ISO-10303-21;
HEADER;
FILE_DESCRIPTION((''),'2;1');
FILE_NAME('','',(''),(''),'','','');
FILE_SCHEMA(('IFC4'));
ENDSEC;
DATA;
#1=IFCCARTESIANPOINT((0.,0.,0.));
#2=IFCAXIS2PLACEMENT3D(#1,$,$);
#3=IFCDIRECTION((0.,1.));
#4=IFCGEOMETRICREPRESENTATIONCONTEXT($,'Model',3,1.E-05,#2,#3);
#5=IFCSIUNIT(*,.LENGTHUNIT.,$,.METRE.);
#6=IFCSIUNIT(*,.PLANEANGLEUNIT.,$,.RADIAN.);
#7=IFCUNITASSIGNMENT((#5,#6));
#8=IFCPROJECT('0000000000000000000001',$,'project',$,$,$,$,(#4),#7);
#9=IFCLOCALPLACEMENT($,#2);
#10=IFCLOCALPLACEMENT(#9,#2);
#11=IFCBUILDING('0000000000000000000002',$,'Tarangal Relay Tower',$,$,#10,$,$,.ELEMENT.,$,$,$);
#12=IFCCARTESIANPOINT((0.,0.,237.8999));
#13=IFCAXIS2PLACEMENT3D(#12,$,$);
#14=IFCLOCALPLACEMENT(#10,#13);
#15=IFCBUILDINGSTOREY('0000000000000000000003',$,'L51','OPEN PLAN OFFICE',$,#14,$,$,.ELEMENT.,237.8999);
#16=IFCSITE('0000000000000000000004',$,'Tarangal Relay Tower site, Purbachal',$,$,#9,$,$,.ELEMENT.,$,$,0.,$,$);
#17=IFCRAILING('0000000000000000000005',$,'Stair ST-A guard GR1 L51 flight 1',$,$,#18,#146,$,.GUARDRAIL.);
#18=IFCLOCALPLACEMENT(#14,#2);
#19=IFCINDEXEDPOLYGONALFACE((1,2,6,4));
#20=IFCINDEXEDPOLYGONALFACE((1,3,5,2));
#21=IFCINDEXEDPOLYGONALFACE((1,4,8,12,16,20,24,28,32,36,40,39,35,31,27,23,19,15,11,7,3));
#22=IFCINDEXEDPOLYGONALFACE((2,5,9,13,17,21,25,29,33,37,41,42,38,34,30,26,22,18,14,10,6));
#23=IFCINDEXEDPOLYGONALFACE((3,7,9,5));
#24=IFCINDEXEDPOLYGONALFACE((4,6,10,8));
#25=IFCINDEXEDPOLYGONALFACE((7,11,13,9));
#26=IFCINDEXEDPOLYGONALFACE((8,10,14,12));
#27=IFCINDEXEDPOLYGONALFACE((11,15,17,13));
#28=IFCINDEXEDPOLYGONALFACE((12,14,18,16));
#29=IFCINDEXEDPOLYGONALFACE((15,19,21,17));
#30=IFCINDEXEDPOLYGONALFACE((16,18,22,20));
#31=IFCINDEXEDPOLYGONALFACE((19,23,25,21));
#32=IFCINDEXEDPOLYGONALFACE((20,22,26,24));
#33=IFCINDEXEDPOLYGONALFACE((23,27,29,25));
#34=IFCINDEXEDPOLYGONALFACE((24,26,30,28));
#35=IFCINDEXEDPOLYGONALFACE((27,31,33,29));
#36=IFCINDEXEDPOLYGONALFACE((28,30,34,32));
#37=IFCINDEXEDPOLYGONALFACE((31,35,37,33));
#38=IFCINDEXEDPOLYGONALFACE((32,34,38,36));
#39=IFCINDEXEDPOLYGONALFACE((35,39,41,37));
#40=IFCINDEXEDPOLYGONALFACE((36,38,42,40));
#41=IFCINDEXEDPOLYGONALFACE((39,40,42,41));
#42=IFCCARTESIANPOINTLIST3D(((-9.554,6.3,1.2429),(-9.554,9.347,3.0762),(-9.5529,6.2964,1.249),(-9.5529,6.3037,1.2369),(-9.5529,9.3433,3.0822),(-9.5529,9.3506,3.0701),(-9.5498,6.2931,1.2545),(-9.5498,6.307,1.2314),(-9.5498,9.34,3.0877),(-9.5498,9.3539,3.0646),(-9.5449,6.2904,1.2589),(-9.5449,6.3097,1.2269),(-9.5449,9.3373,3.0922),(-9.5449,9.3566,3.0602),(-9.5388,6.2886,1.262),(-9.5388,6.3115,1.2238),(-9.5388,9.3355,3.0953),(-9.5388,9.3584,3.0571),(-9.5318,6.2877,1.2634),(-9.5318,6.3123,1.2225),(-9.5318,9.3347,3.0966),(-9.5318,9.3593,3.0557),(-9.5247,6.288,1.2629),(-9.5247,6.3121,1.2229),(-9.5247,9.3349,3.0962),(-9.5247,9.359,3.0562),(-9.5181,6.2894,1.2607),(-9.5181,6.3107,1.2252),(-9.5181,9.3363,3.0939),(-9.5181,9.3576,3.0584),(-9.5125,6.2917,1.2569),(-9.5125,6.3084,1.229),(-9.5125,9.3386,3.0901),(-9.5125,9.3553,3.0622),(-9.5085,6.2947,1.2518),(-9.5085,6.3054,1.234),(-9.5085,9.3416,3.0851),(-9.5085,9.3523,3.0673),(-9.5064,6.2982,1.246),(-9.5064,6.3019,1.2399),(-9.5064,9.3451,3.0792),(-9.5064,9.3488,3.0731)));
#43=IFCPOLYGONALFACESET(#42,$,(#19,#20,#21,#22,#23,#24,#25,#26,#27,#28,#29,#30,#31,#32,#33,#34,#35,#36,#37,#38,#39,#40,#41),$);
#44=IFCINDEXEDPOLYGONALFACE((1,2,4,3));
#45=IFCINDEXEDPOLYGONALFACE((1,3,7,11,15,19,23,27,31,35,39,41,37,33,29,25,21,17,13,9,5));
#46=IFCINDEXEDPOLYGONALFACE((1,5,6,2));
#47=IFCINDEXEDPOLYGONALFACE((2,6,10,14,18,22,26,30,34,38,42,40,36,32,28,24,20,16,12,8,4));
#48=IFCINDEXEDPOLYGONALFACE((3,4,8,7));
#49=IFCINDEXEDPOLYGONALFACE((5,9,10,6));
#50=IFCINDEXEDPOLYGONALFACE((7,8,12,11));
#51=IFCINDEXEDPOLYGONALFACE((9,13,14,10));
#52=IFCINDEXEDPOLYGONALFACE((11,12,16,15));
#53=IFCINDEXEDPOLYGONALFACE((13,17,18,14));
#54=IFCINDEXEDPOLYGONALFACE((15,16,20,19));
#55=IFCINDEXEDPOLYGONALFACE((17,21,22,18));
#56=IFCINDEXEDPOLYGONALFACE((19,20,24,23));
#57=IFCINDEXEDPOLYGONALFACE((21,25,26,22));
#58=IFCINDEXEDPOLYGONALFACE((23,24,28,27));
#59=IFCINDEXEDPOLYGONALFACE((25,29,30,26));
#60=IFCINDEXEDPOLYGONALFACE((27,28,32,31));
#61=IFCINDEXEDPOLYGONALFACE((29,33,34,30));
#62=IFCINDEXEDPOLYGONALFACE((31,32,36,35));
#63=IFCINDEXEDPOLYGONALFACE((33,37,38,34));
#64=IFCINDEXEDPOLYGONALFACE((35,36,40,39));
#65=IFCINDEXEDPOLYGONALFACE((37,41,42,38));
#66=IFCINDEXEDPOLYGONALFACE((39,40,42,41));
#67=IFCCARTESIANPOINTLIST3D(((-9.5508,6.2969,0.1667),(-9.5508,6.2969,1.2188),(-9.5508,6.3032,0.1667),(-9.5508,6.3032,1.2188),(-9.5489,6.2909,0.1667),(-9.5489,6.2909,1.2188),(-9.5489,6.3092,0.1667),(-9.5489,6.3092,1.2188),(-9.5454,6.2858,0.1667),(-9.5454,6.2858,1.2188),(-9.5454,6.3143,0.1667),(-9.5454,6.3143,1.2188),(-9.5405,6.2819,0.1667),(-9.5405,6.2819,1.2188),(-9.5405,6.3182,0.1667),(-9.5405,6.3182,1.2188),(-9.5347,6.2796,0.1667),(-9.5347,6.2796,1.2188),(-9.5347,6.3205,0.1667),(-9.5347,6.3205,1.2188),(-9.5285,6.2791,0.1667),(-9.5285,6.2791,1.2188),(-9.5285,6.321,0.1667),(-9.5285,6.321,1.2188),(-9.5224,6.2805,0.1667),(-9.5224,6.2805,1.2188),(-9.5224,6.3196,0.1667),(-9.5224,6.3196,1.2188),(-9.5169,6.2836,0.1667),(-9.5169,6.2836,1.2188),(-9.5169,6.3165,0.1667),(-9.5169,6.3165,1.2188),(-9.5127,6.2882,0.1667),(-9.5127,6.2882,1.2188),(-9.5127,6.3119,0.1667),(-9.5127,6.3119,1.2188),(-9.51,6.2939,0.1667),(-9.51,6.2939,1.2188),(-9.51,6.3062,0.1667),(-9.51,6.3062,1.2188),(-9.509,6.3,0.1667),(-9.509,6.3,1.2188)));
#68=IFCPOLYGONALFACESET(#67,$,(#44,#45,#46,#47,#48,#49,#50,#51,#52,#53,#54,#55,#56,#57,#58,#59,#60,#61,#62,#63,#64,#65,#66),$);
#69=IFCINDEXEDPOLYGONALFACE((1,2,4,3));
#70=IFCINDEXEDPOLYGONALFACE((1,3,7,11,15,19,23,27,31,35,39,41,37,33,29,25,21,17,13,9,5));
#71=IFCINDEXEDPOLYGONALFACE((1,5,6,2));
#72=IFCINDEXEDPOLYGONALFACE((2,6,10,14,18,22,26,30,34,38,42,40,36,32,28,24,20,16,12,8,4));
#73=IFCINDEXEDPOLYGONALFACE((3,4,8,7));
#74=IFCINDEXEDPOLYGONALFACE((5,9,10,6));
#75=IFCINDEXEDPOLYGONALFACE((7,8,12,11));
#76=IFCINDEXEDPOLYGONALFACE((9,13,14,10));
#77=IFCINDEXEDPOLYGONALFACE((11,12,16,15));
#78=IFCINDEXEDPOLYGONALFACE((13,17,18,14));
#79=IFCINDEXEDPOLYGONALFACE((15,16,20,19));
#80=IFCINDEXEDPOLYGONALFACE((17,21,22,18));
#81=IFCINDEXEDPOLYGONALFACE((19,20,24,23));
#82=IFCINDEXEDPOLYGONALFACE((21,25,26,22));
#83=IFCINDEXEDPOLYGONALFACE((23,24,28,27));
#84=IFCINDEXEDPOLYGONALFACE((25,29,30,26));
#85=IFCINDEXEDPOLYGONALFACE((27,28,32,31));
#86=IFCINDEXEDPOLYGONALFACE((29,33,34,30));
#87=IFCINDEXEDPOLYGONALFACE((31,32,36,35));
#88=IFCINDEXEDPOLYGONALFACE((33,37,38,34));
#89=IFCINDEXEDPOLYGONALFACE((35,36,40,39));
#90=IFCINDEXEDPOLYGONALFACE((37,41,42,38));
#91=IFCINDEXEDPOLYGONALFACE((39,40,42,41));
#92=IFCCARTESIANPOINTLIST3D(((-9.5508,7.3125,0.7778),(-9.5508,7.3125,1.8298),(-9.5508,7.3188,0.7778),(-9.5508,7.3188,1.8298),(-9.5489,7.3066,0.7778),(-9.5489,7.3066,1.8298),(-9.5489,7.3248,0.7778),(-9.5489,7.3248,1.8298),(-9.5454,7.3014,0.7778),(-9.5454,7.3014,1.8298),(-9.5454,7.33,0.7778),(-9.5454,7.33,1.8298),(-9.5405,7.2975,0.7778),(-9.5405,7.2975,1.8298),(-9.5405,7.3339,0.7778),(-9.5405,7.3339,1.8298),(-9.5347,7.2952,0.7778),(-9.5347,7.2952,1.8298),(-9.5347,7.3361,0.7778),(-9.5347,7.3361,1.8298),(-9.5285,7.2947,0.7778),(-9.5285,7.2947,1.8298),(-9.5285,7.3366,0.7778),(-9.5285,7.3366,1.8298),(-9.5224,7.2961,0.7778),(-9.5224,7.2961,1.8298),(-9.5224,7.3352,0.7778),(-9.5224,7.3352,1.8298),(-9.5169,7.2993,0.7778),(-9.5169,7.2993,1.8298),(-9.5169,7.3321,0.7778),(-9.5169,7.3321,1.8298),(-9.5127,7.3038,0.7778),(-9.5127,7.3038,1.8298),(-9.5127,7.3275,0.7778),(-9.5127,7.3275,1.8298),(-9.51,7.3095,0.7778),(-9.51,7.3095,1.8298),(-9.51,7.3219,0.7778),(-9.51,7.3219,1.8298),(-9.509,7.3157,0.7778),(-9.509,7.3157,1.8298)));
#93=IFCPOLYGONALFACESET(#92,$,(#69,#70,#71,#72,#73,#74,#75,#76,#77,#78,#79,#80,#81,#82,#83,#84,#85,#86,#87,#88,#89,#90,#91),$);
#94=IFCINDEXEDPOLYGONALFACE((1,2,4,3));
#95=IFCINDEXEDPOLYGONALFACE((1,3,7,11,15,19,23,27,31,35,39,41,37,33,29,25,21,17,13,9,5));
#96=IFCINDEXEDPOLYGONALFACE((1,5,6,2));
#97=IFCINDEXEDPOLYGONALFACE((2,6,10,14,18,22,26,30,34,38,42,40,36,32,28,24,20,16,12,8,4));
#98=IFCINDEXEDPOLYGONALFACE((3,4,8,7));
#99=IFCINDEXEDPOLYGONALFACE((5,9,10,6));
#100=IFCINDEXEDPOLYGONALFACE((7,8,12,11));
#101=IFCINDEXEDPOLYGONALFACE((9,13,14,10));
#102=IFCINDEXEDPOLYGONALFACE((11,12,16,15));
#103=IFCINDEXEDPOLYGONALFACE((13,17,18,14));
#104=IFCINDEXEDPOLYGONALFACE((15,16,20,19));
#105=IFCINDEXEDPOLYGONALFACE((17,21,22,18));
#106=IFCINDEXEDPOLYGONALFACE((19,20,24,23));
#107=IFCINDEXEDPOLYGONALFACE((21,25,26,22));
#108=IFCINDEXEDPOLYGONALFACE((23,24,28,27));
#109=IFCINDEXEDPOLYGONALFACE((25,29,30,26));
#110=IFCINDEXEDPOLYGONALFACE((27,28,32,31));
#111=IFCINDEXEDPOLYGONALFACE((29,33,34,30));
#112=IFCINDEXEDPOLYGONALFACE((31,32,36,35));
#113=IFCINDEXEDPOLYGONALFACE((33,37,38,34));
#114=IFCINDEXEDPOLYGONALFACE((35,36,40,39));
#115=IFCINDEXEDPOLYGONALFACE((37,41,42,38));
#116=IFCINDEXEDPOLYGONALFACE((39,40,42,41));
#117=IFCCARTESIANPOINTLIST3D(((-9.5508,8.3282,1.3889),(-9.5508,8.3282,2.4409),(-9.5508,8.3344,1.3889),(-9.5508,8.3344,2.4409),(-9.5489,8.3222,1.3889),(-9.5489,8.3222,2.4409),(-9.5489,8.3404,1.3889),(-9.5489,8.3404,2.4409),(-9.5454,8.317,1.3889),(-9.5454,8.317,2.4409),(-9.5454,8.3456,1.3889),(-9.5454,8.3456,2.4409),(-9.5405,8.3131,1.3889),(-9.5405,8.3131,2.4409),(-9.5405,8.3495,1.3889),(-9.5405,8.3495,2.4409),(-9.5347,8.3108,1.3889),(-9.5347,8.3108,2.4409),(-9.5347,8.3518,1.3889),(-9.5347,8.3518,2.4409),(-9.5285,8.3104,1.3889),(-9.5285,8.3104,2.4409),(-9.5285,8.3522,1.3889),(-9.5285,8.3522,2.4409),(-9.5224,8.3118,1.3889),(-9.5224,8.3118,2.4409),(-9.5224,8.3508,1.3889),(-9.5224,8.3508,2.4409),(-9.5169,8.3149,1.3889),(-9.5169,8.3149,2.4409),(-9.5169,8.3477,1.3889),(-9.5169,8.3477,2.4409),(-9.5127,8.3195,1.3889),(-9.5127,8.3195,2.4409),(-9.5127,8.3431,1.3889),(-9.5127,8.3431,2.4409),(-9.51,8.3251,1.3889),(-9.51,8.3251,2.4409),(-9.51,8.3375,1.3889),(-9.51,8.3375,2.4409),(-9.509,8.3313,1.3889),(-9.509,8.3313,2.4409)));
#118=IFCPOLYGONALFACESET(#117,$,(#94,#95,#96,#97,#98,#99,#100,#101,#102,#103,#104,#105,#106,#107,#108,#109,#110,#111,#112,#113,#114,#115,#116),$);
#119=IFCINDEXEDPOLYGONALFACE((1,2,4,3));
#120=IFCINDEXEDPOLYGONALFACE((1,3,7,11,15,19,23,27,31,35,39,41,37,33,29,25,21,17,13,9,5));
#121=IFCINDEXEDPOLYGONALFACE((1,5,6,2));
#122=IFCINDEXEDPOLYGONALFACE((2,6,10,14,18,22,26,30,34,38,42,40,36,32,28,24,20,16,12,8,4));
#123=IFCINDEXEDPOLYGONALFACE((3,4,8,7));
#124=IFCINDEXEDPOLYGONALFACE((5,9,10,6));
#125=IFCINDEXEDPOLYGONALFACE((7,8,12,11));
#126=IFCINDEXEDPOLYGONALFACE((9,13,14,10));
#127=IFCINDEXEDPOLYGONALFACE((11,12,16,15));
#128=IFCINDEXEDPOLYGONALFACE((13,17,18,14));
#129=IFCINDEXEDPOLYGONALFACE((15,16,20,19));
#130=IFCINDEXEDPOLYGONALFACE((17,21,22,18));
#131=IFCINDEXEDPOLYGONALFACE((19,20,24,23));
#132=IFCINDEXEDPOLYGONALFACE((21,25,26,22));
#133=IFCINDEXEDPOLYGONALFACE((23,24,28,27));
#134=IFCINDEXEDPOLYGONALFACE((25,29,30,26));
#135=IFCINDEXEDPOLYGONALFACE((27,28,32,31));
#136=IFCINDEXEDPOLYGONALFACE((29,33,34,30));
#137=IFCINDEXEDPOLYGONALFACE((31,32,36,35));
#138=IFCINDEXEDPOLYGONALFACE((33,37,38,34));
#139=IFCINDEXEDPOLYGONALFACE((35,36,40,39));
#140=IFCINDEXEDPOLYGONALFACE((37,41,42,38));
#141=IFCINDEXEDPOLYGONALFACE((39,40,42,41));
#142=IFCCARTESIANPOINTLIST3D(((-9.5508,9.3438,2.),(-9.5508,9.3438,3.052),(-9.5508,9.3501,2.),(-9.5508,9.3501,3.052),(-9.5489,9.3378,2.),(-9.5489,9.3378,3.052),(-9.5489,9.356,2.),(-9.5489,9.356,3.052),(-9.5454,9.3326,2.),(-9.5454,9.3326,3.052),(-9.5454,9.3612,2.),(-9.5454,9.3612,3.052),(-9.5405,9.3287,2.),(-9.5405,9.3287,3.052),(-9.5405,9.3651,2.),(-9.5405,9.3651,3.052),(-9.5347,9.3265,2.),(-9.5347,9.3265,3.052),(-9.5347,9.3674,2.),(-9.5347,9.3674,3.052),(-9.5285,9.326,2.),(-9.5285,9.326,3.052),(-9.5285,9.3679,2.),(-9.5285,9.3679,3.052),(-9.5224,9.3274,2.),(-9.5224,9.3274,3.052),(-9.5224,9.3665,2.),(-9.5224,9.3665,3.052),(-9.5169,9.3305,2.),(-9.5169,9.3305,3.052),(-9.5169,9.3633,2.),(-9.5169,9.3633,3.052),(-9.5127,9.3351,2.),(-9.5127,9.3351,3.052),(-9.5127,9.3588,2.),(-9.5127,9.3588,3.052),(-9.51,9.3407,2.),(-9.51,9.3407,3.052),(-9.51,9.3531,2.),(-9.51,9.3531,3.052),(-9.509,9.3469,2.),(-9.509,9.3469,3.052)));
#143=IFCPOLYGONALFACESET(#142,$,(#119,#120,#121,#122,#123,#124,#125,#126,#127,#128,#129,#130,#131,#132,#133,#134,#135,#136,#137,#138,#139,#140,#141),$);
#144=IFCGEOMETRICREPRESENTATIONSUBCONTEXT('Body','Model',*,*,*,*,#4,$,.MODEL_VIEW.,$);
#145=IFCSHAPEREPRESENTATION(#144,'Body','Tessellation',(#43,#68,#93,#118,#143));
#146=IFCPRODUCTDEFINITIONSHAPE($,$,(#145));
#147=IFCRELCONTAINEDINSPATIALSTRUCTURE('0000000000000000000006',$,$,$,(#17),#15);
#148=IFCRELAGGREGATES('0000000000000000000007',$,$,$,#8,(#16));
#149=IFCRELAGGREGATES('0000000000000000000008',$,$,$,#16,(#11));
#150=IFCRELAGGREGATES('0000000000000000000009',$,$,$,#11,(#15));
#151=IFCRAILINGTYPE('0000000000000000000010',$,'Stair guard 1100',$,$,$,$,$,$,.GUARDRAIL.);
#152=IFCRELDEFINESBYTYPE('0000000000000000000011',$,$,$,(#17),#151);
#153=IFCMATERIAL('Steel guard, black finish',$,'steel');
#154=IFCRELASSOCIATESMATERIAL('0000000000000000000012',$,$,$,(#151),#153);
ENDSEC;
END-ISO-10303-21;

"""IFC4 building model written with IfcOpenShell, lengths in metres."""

from ifc_helpers import new_model, si_unit, direction, frame, origin, origin_2d, place, context, subcontext, project, spatial, circle, extrude, material, type_object, element, save


model = new_model("IFC4")

# Units and contexts
model_context = context("Model", 3, precision=1e-05, world=origin(), true_north=direction((0.0, 1.0)))
body_context = subcontext(model_context, "Body", "Model", "MODEL_VIEW")
ifc_project = project(units=[si_unit("LENGTHUNIT", "METRE"), si_unit("PLANEANGLEUNIT", "RADIAN")], contexts=[model_context])

# Site, building, storey
site_placement = place(None, origin())
site = spatial("IfcSite", under=ifc_project, at=site_placement, Name="Tarangal Relay Tower site, Purbachal", CompositionType="ELEMENT", RefElevation=0.0)
building_placement = place(site_placement, origin())
building = spatial("IfcBuilding", under=site, at=building_placement, Name="Tarangal Relay Tower", CompositionType="ELEMENT")
storey_placement = place(building_placement, frame((0.0, 0.0, 237.8999)))
storey = spatial("IfcBuildingStorey", under=building, at=storey_placement, Name="L51", Description="OPEN PLAN OFFICE", CompositionType="ELEMENT", Elevation=237.8999)

# Railing
ifc_material_1 = material(Name="Steel guard, black finish", Category="steel")
railing_type_1 = type_object("IfcRailingType", Name="Stair guard 1100", PredefinedType="GUARDRAIL", material=ifc_material_1)
railing_1_placement = place(storey_placement, frame((-9.53, 6.3, 0.1667)))
element("IfcRailing", 1, at=railing_1_placement, inside=storey, type_object=railing_type_1, Name="Stair ST-A guard GR1 L51 flight 1", PredefinedType="GUARDRAIL", context=body_context, shape_type="SweptSolid", body=[
    extrude(circle(Radius=0.0239, at=origin_2d()), frame((0.0, 0.0, 1.0762), z_axis=(0.0, 0.856856, 0.515556), x_axis=(-1.0, 0.0, 0.0)), (0.0, 0.0, 1.0), 3.5559),
    extrude(circle(Radius=0.021, at=origin_2d()), origin(), (0.0, 0.0, 1.0), 1.052),
    extrude(circle(Radius=0.021, at=origin_2d()), frame((0.0, 1.0156, 0.6111)), (0.0, 0.0, 1.0), 1.052),
    extrude(circle(Radius=0.021, at=origin_2d()), frame((0.0, 2.0312, 1.2222)), (0.0, 0.0, 1.0), 1.052),
    extrude(circle(Radius=0.021, at=origin_2d()), frame((0.0, 3.0469, 1.8333)), (0.0, 0.0, 1.0), 1.052),
])

save(model, "model.ifc")
